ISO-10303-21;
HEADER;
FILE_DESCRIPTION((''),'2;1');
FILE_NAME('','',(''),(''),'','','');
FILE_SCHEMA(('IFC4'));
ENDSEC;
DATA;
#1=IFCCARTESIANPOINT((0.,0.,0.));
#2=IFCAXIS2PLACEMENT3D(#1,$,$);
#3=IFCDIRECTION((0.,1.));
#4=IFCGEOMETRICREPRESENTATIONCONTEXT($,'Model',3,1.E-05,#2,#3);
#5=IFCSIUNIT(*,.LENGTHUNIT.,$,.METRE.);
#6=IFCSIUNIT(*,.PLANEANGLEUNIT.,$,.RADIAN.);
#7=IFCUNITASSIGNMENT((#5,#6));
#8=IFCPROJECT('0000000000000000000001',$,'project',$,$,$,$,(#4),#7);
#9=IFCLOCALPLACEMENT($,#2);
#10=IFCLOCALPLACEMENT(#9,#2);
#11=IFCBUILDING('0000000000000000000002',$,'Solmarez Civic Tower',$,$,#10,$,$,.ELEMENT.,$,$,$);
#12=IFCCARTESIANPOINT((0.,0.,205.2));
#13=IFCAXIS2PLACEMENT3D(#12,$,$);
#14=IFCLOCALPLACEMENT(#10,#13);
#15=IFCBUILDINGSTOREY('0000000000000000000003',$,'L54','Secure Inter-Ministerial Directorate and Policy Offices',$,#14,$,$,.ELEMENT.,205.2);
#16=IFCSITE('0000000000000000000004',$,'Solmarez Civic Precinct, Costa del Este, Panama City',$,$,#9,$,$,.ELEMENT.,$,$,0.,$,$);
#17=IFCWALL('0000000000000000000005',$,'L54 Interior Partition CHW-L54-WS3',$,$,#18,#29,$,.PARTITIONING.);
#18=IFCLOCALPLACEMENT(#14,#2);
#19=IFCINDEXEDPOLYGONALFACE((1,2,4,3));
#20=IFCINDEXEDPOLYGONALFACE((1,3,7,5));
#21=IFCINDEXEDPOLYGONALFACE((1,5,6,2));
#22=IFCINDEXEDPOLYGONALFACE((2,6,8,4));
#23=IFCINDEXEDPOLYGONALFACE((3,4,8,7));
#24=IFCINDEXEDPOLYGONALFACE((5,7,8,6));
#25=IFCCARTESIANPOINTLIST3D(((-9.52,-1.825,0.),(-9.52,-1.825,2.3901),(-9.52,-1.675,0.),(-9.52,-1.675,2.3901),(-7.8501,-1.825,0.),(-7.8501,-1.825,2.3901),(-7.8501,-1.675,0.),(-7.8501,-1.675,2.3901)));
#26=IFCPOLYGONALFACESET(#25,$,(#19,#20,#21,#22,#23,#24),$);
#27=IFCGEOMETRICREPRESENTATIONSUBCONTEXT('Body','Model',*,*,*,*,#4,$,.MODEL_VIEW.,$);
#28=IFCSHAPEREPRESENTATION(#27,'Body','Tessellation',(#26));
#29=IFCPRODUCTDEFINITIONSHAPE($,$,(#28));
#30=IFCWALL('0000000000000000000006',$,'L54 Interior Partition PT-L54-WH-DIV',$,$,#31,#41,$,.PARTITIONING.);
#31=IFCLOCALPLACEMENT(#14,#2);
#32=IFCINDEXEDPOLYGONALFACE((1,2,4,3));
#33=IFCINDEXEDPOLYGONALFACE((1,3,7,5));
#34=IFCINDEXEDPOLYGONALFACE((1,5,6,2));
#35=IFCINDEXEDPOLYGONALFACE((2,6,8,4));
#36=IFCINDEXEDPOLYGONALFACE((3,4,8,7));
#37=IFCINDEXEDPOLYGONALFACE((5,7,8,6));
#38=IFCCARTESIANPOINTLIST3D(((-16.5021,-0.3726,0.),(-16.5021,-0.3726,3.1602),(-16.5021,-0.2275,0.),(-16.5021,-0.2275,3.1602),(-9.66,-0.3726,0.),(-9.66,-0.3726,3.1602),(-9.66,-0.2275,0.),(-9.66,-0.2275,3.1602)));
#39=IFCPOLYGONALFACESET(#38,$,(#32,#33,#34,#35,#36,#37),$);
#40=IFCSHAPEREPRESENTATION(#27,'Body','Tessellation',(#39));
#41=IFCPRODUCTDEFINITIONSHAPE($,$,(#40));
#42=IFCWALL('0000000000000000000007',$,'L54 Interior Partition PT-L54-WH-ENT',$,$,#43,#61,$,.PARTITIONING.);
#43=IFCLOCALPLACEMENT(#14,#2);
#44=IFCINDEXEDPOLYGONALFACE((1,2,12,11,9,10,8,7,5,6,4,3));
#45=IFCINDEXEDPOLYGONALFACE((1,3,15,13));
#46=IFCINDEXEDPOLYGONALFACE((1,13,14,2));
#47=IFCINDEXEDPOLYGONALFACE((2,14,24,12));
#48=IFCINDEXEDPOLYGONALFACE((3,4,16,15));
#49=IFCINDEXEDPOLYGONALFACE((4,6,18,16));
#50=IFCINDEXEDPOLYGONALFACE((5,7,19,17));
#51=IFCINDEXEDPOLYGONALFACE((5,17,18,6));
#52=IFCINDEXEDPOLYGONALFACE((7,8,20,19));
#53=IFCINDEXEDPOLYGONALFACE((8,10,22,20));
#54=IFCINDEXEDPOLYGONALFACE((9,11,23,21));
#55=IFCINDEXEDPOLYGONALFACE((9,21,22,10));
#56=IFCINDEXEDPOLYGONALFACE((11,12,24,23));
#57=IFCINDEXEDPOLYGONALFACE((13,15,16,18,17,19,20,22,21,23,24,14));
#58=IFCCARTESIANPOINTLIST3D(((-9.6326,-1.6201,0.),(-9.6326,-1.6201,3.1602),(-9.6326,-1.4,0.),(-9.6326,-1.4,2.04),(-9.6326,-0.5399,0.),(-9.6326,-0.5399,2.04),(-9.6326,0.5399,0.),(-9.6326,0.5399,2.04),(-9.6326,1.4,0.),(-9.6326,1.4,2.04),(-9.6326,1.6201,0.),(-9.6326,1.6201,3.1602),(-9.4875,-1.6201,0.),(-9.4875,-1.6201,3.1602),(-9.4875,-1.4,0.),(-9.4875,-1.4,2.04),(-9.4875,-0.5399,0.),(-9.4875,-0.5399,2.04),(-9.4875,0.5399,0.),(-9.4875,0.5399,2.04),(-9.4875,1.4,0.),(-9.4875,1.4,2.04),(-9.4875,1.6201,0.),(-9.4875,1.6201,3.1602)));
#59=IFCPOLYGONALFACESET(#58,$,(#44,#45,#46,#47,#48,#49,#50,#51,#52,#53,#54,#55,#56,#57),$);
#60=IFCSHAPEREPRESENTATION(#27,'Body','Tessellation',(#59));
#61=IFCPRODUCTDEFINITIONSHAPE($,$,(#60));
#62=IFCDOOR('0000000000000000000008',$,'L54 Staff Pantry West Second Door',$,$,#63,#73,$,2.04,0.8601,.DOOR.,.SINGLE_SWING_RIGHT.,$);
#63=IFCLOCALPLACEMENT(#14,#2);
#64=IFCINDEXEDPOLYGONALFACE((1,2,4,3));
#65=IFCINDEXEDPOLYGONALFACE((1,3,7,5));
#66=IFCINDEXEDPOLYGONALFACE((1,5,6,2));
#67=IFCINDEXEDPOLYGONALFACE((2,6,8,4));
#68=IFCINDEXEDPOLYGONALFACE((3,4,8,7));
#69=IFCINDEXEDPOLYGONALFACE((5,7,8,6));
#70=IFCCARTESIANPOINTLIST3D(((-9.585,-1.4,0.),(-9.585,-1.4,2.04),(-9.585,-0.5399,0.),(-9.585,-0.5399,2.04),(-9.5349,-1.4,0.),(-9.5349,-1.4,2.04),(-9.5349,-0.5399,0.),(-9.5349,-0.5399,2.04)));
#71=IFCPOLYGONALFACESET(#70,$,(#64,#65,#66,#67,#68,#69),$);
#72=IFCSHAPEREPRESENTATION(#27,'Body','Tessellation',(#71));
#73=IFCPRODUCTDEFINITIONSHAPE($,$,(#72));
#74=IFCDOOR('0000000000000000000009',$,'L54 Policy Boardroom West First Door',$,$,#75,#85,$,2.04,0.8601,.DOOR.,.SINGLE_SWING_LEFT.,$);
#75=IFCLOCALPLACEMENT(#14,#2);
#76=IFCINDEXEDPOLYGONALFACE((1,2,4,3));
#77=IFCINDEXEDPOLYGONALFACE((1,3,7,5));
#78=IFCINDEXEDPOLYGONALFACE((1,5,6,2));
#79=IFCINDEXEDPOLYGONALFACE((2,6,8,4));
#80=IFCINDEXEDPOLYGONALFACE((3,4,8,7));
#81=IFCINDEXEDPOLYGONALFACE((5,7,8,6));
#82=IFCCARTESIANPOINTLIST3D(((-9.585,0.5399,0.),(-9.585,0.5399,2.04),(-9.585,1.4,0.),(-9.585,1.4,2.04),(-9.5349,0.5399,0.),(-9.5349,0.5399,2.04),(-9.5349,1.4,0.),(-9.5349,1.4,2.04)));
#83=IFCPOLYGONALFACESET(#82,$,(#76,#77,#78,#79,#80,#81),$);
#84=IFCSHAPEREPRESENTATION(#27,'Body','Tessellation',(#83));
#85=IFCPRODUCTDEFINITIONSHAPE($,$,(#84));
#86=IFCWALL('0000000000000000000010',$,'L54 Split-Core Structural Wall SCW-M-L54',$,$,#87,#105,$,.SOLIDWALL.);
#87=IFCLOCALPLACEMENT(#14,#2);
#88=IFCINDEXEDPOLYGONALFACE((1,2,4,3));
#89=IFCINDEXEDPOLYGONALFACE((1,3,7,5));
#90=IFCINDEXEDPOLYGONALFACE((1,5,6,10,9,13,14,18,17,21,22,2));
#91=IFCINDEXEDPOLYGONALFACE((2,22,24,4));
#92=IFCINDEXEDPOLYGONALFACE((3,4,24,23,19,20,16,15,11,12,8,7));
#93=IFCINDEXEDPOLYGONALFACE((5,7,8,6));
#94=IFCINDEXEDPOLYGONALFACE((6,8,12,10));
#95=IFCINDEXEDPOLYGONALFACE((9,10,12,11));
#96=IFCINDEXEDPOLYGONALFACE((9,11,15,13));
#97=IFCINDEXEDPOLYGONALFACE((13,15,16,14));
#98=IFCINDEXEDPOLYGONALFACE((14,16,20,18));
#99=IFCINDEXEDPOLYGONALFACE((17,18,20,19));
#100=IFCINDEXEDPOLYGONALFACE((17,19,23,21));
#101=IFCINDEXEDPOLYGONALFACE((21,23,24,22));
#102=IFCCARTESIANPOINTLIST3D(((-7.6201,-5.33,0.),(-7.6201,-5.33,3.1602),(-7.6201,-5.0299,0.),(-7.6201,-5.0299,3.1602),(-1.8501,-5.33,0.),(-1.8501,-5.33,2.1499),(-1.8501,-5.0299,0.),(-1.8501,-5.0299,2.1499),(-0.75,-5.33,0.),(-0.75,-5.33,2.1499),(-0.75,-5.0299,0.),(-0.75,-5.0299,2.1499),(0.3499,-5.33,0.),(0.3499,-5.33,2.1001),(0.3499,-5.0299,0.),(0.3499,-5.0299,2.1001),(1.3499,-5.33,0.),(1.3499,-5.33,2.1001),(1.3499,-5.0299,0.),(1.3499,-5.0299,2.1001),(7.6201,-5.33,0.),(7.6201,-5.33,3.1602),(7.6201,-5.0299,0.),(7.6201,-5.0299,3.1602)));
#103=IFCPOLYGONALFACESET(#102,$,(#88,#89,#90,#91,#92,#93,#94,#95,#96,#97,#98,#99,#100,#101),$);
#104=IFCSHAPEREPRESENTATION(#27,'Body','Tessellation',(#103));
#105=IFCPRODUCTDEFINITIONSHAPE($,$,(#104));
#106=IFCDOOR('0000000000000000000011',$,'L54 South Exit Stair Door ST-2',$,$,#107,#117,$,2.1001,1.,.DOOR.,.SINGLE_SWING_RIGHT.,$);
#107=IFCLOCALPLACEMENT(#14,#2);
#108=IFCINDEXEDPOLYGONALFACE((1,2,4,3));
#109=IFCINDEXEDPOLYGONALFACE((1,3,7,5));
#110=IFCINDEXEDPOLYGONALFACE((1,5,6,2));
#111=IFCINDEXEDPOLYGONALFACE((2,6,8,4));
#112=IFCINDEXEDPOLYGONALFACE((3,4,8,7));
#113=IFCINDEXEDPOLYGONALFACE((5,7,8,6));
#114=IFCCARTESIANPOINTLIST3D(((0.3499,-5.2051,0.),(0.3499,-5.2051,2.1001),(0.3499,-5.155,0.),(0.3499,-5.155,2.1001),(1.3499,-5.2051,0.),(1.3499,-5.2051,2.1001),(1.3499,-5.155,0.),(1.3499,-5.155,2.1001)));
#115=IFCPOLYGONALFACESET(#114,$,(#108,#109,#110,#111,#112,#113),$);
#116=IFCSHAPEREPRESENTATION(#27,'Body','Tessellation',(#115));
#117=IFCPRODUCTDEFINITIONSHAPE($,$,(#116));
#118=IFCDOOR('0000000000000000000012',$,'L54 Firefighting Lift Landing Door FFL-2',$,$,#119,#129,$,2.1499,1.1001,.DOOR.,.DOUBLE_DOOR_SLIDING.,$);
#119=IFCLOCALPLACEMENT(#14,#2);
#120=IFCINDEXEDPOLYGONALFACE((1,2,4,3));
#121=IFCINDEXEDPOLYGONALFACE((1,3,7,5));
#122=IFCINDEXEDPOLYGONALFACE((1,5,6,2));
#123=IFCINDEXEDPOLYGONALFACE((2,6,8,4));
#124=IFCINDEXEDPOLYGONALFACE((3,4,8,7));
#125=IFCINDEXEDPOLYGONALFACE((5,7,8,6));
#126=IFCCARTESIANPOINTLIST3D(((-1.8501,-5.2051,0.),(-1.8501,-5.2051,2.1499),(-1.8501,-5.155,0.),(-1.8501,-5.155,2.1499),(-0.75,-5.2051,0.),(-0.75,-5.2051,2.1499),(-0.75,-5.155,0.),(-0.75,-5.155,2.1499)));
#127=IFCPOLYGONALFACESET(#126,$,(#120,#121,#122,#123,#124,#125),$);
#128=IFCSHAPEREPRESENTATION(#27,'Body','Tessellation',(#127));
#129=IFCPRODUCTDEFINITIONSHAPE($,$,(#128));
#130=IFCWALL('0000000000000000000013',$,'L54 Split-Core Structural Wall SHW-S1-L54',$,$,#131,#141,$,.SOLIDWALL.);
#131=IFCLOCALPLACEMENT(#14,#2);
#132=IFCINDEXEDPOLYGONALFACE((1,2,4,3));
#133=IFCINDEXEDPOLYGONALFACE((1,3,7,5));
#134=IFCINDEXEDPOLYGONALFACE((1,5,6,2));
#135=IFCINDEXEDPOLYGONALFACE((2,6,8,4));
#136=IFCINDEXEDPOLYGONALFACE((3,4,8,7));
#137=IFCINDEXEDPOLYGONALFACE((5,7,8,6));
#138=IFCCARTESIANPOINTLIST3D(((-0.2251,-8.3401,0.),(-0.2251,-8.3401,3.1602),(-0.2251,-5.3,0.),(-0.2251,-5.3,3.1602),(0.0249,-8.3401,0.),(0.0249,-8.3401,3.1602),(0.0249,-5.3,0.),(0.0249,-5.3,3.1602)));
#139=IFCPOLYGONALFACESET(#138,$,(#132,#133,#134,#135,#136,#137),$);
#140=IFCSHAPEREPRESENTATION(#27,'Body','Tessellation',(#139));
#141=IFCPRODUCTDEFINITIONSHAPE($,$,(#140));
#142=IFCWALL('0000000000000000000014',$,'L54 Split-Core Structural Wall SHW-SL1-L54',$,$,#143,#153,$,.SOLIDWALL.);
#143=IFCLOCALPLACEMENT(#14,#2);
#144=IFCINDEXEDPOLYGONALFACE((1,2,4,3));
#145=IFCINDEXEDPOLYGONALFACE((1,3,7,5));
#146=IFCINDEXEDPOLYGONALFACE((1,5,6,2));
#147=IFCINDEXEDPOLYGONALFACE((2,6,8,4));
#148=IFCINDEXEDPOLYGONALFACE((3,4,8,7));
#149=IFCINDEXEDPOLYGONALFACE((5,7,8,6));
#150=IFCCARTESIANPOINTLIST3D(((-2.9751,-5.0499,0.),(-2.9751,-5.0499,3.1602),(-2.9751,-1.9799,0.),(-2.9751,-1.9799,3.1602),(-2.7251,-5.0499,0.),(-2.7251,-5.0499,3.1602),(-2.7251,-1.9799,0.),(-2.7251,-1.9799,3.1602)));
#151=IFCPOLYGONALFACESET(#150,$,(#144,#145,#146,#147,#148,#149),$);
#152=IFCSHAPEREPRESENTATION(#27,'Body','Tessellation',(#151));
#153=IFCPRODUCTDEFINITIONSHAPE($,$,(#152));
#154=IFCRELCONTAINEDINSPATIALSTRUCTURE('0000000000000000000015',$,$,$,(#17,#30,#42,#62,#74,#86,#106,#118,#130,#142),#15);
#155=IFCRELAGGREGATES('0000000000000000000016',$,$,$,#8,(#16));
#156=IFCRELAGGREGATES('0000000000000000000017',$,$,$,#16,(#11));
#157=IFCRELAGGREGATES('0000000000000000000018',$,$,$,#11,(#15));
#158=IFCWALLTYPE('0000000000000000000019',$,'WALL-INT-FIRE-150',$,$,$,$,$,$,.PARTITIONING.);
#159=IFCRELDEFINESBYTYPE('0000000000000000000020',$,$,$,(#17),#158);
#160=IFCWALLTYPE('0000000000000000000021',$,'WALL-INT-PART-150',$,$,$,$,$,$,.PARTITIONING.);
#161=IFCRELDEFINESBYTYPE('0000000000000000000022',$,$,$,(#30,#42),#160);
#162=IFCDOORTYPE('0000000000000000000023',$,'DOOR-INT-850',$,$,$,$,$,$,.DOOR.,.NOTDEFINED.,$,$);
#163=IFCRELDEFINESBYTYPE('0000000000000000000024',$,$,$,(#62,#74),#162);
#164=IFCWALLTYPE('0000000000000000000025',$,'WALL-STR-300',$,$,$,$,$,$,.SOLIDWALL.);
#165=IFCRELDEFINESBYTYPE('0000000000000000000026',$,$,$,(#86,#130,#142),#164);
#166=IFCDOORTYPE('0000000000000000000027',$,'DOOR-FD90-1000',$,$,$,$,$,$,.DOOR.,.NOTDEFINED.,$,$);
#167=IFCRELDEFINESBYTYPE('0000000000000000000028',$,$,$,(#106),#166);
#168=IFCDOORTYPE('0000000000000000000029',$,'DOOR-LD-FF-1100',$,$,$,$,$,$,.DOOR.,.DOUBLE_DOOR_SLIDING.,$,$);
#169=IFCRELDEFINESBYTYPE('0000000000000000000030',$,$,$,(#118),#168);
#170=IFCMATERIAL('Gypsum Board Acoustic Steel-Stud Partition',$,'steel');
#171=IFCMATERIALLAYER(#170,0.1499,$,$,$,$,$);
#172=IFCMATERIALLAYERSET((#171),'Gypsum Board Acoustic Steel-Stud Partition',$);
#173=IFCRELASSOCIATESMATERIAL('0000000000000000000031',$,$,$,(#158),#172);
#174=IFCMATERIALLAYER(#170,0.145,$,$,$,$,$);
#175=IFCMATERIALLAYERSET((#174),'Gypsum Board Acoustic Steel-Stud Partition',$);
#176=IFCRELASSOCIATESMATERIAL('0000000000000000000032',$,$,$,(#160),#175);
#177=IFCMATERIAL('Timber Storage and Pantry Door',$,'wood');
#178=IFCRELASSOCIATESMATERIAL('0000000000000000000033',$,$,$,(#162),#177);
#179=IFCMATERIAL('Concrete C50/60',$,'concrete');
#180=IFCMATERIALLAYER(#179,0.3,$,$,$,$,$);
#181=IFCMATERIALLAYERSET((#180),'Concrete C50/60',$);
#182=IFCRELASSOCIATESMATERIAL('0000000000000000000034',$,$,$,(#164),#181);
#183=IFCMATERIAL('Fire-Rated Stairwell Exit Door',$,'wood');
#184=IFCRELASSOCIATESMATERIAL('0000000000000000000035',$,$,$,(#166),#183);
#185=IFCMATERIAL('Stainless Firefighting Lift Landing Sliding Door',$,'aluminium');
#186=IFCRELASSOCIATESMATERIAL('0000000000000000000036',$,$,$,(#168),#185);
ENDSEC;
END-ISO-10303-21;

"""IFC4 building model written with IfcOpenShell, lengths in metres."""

from ifc_helpers import new_model, si_unit, direction, frame, frame_2d, origin, place, context, subcontext, project, spatial, rectangle, extrude, material, layer, layer_set, type_object, element, fill, save


model = new_model("IFC4")

# Units and contexts
model_context = context("Model", 3, precision=1e-05, world=origin(), true_north=direction((0.0, 1.0)))
body_context = subcontext(model_context, "Body", "Model", "MODEL_VIEW")
ifc_project = project(units=[si_unit("LENGTHUNIT", "METRE"), si_unit("PLANEANGLEUNIT", "RADIAN")], contexts=[model_context])

# Site, building, storey
site_placement = place(None, origin())
site = spatial("IfcSite", under=ifc_project, at=site_placement, Name="Solmarez Civic Precinct, Costa del Este, Panama City", CompositionType="ELEMENT", RefElevation=0.0)
building_placement = place(site_placement, origin())
building = spatial("IfcBuilding", under=site, at=building_placement, Name="Solmarez Civic Tower", CompositionType="ELEMENT")
storey_placement = place(building_placement, frame((0.0, 0.0, 205.2)))
storey = spatial("IfcBuildingStorey", under=building, at=storey_placement, Name="L54", Description="Secure Inter-Ministerial Directorate and Policy Offices", CompositionType="ELEMENT", Elevation=205.2)

# Shared definitions
ifc_material_1 = material(Name="Concrete C50/60", Category="concrete")

# Walls
ifc_material_2 = material(Name="Gypsum Board Acoustic Steel-Stud Partition", Category="steel")
ifc_layer_1 = layer(ifc_material_2, 0.1499)
ifc_layer_set_1 = layer_set([ifc_layer_1], Name="Gypsum Board Acoustic Steel-Stud Partition")
wall_type_1 = type_object("IfcWallType", Name="WALL-INT-FIRE-150", PredefinedType="PARTITIONING", material=ifc_layer_set_1)
wall_1_placement = place(storey_placement, frame((-7.8501, -1.75, 0.0), z_axis=(0.0, 0.0, 1.0), x_axis=(-1.0, 0.0, 0.0)))
element("IfcWall", 1, at=wall_1_placement, inside=storey, type_object=wall_type_1, Name="L54 Interior Partition CHW-L54-WS3", PredefinedType="PARTITIONING", context=body_context, shape_type="SweptSolid", body=[
    extrude(rectangle(XDim=1.6699, YDim=0.1499, at=frame_2d((0.835, 0.0))), origin(), (0.0, 0.0, 1.0), 2.3901),
])
ifc_layer_2 = layer(ifc_material_2, 0.145)
ifc_layer_set_2 = layer_set([ifc_layer_2], Name="Gypsum Board Acoustic Steel-Stud Partition")
wall_type_2 = type_object("IfcWallType", Name="WALL-INT-PART-150", PredefinedType="PARTITIONING", material=ifc_layer_set_2)
wall_2_placement = place(storey_placement, frame((-16.502, -0.3, 0.0), z_axis=(0.0, 0.0, 1.0), x_axis=(1.0, 0.0, 0.0)))
element("IfcWall", 2, at=wall_2_placement, inside=storey, type_object=wall_type_2, Name="L54 Interior Partition PT-L54-WH-DIV", PredefinedType="PARTITIONING", context=body_context, shape_type="SweptSolid", body=[
    extrude(rectangle(XDim=6.842, YDim=0.145, at=frame_2d((3.4209, 0.0))), origin(), (0.0, 0.0, 1.0), 3.1602),
])

# Walls, openings, doors
wall_3_placement = place(storey_placement, frame((-9.5601, -1.6201, 0.0), z_axis=(0.0, 0.0, 1.0), x_axis=(0.0, 1.0, 0.0)))
wall_3 = element("IfcWall", 3, at=wall_3_placement, inside=storey, type_object=wall_type_2, Name="L54 Interior Partition PT-L54-WH-ENT", PredefinedType="PARTITIONING", context=body_context, shape_type="SweptSolid", body=[
    extrude(rectangle(XDim=3.2402, YDim=0.145, at=frame_2d((1.6201, 0.0))), origin(), (0.0, 0.0, 1.0), 3.1602),
])
opening_1_placement = place(wall_3_placement, frame((0.22, 0.0, 0.0)))
opening_1 = element("IfcOpeningElement", 4, at=opening_1_placement, cuts=wall_3, PredefinedType="OPENING", context=body_context, shape_type="SweptSolid", body=[
    extrude(rectangle(XDim=0.8601, YDim=2.04, at=frame_2d((0.4302, 1.02))), frame((0.0, 0.0825, 0.0), z_axis=(0.0, -1.0, 0.0), x_axis=(1.0, 0.0, 0.0)), (0.0, 0.0, 1.0), 0.165),
])
opening_2_placement = place(wall_3_placement, frame((2.1599, 0.0, 0.0)))
opening_2 = element("IfcOpeningElement", 5, at=opening_2_placement, cuts=wall_3, PredefinedType="OPENING", context=body_context, shape_type="SweptSolid", body=[
    extrude(rectangle(XDim=0.8601, YDim=2.04, at=frame_2d((0.4302, 1.02))), frame((0.0, 0.0825, 0.0), z_axis=(0.0, -1.0, 0.0), x_axis=(1.0, 0.0, 0.0)), (0.0, 0.0, 1.0), 0.165),
])
ifc_material_3 = material(Name="Timber Storage and Pantry Door", Category="wood")
door_type_1 = type_object("IfcDoorType", Name="DOOR-INT-850", OperationType="NOTDEFINED", PredefinedType="DOOR", material=ifc_material_3)
door_1_placement = place(opening_1_placement, origin())
door_1 = element("IfcDoor", 6, at=door_1_placement, inside=storey, type_object=door_type_1, Name="L54 Staff Pantry West Second Door", OperationType="SINGLE_SWING_RIGHT", OverallHeight=2.04, OverallWidth=0.8601, PredefinedType="DOOR", context=body_context, shape_type="SweptSolid", body=[
    extrude(rectangle(XDim=0.8601, YDim=2.04, at=frame_2d((0.4302, 1.02))), frame((0.0, 0.0249, 0.0), z_axis=(0.0, -1.0, 0.0), x_axis=(1.0, 0.0, 0.0)), (0.0, 0.0, 1.0), 0.05),
])
fill(opening_1, door_1)
door_2_placement = place(opening_2_placement, origin())
door_2 = element("IfcDoor", 7, at=door_2_placement, inside=storey, type_object=door_type_1, Name="L54 Policy Boardroom West First Door", OperationType="SINGLE_SWING_LEFT", OverallHeight=2.04, OverallWidth=0.8601, PredefinedType="DOOR", context=body_context, shape_type="SweptSolid", body=[
    extrude(rectangle(XDim=0.8601, YDim=2.04, at=frame_2d((0.4302, 1.02))), frame((0.0, 0.0249, 0.0), z_axis=(0.0, -1.0, 0.0), x_axis=(1.0, 0.0, 0.0)), (0.0, 0.0, 1.0), 0.05),
])
fill(opening_2, door_2)
ifc_layer_3 = layer(ifc_material_1, 0.3)
ifc_layer_set_3 = layer_set([ifc_layer_3], Name="Concrete C50/60")
wall_type_3 = type_object("IfcWallType", Name="WALL-STR-300", PredefinedType="SOLIDWALL", material=ifc_layer_set_3)
wall_4_placement = place(storey_placement, frame((-7.6201, -5.1799, 0.0), z_axis=(0.0, 0.0, 1.0), x_axis=(1.0, 0.0, 0.0)))
wall_4 = element("IfcWall", 8, at=wall_4_placement, inside=storey, type_object=wall_type_3, Name="L54 Split-Core Structural Wall SCW-M-L54", PredefinedType="SOLIDWALL", context=body_context, shape_type="SweptSolid", body=[
    extrude(rectangle(XDim=15.2402, YDim=0.3, at=frame_2d((7.6201, 0.0))), origin(), (0.0, 0.0, 1.0), 3.1602),
])
opening_3_placement = place(wall_4_placement, frame((5.77, 0.0, 0.0)))
opening_3 = element("IfcOpeningElement", 9, at=opening_3_placement, cuts=wall_4, PredefinedType="OPENING", context=body_context, shape_type="SweptSolid", body=[
    extrude(rectangle(XDim=1.1001, YDim=2.1499, at=frame_2d((0.55, 1.075))), frame((0.0, 0.1599, 0.0), z_axis=(0.0, -1.0, 0.0), x_axis=(1.0, 0.0, 0.0)), (0.0, 0.0, 1.0), 0.3201),
])
opening_4_placement = place(wall_4_placement, frame((7.97, 0.0, 0.0)))
opening_4 = element("IfcOpeningElement", 10, at=opening_4_placement, cuts=wall_4, PredefinedType="OPENING", context=body_context, shape_type="SweptSolid", body=[
    extrude(rectangle(XDim=1.0, YDim=2.1001, at=frame_2d((0.5, 1.05))), frame((0.0, 0.1599, 0.0), z_axis=(0.0, -1.0, 0.0), x_axis=(1.0, 0.0, 0.0)), (0.0, 0.0, 1.0), 0.3201),
])
ifc_material_4 = material(Name="Fire-Rated Stairwell Exit Door", Category="wood")
door_type_2 = type_object("IfcDoorType", Name="DOOR-FD90-1000", OperationType="NOTDEFINED", PredefinedType="DOOR", material=ifc_material_4)
door_3_placement = place(opening_4_placement, origin())
door_3 = element("IfcDoor", 11, at=door_3_placement, inside=storey, type_object=door_type_2, Name="L54 South Exit Stair Door ST-2", OperationType="SINGLE_SWING_RIGHT", OverallHeight=2.1001, OverallWidth=1.0, PredefinedType="DOOR", context=body_context, shape_type="SweptSolid", body=[
    extrude(rectangle(XDim=1.0, YDim=2.1001, at=frame_2d((0.5, 1.05))), frame((0.0, 0.0249, 0.0), z_axis=(0.0, -1.0, 0.0), x_axis=(1.0, 0.0, 0.0)), (0.0, 0.0, 1.0), 0.05),
])
fill(opening_4, door_3)
ifc_material_5 = material(Name="Stainless Firefighting Lift Landing Sliding Door", Category="aluminium")
door_type_3 = type_object("IfcDoorType", Name="DOOR-LD-FF-1100", OperationType="DOUBLE_DOOR_SLIDING", PredefinedType="DOOR", material=ifc_material_5)
door_4_placement = place(opening_3_placement, origin())
door_4 = element("IfcDoor", 12, at=door_4_placement, inside=storey, type_object=door_type_3, Name="L54 Firefighting Lift Landing Door FFL-2", OperationType="DOUBLE_DOOR_SLIDING", OverallHeight=2.1499, OverallWidth=1.1001, PredefinedType="DOOR", context=body_context, shape_type="SweptSolid", body=[
    extrude(rectangle(XDim=1.1001, YDim=2.1499, at=frame_2d((0.55, 1.075))), frame((0.0, 0.0249, 0.0), z_axis=(0.0, -1.0, 0.0), x_axis=(1.0, 0.0, 0.0)), (0.0, 0.0, 1.0), 0.05),
])
fill(opening_3, door_4)

# Walls
wall_5_placement = place(storey_placement, frame((-0.1001, -8.3401, 0.0), z_axis=(0.0, 0.0, 1.0), x_axis=(0.0, 1.0, 0.0)))
element("IfcWall", 13, at=wall_5_placement, inside=storey, type_object=wall_type_3, Name="L54 Split-Core Structural Wall SHW-S1-L54", PredefinedType="SOLIDWALL", context=body_context, shape_type="SweptSolid", body=[
    extrude(rectangle(XDim=3.04, YDim=0.25, at=frame_2d((1.52, 0.0))), origin(), (0.0, 0.0, 1.0), 3.1602),
])
wall_6_placement = place(storey_placement, frame((-2.8501, -5.05, 0.0), z_axis=(0.0, 0.0, 1.0), x_axis=(0.0, 1.0, 0.0)))
element("IfcWall", 14, at=wall_6_placement, inside=storey, type_object=wall_type_3, Name="L54 Split-Core Structural Wall SHW-SL1-L54", PredefinedType="SOLIDWALL", context=body_context, shape_type="SweptSolid", body=[
    extrude(rectangle(XDim=3.0701, YDim=0.25, at=frame_2d((1.5352, 0.0))), origin(), (0.0, 0.0, 1.0), 3.1602),
])

save(model, "model.ifc")
